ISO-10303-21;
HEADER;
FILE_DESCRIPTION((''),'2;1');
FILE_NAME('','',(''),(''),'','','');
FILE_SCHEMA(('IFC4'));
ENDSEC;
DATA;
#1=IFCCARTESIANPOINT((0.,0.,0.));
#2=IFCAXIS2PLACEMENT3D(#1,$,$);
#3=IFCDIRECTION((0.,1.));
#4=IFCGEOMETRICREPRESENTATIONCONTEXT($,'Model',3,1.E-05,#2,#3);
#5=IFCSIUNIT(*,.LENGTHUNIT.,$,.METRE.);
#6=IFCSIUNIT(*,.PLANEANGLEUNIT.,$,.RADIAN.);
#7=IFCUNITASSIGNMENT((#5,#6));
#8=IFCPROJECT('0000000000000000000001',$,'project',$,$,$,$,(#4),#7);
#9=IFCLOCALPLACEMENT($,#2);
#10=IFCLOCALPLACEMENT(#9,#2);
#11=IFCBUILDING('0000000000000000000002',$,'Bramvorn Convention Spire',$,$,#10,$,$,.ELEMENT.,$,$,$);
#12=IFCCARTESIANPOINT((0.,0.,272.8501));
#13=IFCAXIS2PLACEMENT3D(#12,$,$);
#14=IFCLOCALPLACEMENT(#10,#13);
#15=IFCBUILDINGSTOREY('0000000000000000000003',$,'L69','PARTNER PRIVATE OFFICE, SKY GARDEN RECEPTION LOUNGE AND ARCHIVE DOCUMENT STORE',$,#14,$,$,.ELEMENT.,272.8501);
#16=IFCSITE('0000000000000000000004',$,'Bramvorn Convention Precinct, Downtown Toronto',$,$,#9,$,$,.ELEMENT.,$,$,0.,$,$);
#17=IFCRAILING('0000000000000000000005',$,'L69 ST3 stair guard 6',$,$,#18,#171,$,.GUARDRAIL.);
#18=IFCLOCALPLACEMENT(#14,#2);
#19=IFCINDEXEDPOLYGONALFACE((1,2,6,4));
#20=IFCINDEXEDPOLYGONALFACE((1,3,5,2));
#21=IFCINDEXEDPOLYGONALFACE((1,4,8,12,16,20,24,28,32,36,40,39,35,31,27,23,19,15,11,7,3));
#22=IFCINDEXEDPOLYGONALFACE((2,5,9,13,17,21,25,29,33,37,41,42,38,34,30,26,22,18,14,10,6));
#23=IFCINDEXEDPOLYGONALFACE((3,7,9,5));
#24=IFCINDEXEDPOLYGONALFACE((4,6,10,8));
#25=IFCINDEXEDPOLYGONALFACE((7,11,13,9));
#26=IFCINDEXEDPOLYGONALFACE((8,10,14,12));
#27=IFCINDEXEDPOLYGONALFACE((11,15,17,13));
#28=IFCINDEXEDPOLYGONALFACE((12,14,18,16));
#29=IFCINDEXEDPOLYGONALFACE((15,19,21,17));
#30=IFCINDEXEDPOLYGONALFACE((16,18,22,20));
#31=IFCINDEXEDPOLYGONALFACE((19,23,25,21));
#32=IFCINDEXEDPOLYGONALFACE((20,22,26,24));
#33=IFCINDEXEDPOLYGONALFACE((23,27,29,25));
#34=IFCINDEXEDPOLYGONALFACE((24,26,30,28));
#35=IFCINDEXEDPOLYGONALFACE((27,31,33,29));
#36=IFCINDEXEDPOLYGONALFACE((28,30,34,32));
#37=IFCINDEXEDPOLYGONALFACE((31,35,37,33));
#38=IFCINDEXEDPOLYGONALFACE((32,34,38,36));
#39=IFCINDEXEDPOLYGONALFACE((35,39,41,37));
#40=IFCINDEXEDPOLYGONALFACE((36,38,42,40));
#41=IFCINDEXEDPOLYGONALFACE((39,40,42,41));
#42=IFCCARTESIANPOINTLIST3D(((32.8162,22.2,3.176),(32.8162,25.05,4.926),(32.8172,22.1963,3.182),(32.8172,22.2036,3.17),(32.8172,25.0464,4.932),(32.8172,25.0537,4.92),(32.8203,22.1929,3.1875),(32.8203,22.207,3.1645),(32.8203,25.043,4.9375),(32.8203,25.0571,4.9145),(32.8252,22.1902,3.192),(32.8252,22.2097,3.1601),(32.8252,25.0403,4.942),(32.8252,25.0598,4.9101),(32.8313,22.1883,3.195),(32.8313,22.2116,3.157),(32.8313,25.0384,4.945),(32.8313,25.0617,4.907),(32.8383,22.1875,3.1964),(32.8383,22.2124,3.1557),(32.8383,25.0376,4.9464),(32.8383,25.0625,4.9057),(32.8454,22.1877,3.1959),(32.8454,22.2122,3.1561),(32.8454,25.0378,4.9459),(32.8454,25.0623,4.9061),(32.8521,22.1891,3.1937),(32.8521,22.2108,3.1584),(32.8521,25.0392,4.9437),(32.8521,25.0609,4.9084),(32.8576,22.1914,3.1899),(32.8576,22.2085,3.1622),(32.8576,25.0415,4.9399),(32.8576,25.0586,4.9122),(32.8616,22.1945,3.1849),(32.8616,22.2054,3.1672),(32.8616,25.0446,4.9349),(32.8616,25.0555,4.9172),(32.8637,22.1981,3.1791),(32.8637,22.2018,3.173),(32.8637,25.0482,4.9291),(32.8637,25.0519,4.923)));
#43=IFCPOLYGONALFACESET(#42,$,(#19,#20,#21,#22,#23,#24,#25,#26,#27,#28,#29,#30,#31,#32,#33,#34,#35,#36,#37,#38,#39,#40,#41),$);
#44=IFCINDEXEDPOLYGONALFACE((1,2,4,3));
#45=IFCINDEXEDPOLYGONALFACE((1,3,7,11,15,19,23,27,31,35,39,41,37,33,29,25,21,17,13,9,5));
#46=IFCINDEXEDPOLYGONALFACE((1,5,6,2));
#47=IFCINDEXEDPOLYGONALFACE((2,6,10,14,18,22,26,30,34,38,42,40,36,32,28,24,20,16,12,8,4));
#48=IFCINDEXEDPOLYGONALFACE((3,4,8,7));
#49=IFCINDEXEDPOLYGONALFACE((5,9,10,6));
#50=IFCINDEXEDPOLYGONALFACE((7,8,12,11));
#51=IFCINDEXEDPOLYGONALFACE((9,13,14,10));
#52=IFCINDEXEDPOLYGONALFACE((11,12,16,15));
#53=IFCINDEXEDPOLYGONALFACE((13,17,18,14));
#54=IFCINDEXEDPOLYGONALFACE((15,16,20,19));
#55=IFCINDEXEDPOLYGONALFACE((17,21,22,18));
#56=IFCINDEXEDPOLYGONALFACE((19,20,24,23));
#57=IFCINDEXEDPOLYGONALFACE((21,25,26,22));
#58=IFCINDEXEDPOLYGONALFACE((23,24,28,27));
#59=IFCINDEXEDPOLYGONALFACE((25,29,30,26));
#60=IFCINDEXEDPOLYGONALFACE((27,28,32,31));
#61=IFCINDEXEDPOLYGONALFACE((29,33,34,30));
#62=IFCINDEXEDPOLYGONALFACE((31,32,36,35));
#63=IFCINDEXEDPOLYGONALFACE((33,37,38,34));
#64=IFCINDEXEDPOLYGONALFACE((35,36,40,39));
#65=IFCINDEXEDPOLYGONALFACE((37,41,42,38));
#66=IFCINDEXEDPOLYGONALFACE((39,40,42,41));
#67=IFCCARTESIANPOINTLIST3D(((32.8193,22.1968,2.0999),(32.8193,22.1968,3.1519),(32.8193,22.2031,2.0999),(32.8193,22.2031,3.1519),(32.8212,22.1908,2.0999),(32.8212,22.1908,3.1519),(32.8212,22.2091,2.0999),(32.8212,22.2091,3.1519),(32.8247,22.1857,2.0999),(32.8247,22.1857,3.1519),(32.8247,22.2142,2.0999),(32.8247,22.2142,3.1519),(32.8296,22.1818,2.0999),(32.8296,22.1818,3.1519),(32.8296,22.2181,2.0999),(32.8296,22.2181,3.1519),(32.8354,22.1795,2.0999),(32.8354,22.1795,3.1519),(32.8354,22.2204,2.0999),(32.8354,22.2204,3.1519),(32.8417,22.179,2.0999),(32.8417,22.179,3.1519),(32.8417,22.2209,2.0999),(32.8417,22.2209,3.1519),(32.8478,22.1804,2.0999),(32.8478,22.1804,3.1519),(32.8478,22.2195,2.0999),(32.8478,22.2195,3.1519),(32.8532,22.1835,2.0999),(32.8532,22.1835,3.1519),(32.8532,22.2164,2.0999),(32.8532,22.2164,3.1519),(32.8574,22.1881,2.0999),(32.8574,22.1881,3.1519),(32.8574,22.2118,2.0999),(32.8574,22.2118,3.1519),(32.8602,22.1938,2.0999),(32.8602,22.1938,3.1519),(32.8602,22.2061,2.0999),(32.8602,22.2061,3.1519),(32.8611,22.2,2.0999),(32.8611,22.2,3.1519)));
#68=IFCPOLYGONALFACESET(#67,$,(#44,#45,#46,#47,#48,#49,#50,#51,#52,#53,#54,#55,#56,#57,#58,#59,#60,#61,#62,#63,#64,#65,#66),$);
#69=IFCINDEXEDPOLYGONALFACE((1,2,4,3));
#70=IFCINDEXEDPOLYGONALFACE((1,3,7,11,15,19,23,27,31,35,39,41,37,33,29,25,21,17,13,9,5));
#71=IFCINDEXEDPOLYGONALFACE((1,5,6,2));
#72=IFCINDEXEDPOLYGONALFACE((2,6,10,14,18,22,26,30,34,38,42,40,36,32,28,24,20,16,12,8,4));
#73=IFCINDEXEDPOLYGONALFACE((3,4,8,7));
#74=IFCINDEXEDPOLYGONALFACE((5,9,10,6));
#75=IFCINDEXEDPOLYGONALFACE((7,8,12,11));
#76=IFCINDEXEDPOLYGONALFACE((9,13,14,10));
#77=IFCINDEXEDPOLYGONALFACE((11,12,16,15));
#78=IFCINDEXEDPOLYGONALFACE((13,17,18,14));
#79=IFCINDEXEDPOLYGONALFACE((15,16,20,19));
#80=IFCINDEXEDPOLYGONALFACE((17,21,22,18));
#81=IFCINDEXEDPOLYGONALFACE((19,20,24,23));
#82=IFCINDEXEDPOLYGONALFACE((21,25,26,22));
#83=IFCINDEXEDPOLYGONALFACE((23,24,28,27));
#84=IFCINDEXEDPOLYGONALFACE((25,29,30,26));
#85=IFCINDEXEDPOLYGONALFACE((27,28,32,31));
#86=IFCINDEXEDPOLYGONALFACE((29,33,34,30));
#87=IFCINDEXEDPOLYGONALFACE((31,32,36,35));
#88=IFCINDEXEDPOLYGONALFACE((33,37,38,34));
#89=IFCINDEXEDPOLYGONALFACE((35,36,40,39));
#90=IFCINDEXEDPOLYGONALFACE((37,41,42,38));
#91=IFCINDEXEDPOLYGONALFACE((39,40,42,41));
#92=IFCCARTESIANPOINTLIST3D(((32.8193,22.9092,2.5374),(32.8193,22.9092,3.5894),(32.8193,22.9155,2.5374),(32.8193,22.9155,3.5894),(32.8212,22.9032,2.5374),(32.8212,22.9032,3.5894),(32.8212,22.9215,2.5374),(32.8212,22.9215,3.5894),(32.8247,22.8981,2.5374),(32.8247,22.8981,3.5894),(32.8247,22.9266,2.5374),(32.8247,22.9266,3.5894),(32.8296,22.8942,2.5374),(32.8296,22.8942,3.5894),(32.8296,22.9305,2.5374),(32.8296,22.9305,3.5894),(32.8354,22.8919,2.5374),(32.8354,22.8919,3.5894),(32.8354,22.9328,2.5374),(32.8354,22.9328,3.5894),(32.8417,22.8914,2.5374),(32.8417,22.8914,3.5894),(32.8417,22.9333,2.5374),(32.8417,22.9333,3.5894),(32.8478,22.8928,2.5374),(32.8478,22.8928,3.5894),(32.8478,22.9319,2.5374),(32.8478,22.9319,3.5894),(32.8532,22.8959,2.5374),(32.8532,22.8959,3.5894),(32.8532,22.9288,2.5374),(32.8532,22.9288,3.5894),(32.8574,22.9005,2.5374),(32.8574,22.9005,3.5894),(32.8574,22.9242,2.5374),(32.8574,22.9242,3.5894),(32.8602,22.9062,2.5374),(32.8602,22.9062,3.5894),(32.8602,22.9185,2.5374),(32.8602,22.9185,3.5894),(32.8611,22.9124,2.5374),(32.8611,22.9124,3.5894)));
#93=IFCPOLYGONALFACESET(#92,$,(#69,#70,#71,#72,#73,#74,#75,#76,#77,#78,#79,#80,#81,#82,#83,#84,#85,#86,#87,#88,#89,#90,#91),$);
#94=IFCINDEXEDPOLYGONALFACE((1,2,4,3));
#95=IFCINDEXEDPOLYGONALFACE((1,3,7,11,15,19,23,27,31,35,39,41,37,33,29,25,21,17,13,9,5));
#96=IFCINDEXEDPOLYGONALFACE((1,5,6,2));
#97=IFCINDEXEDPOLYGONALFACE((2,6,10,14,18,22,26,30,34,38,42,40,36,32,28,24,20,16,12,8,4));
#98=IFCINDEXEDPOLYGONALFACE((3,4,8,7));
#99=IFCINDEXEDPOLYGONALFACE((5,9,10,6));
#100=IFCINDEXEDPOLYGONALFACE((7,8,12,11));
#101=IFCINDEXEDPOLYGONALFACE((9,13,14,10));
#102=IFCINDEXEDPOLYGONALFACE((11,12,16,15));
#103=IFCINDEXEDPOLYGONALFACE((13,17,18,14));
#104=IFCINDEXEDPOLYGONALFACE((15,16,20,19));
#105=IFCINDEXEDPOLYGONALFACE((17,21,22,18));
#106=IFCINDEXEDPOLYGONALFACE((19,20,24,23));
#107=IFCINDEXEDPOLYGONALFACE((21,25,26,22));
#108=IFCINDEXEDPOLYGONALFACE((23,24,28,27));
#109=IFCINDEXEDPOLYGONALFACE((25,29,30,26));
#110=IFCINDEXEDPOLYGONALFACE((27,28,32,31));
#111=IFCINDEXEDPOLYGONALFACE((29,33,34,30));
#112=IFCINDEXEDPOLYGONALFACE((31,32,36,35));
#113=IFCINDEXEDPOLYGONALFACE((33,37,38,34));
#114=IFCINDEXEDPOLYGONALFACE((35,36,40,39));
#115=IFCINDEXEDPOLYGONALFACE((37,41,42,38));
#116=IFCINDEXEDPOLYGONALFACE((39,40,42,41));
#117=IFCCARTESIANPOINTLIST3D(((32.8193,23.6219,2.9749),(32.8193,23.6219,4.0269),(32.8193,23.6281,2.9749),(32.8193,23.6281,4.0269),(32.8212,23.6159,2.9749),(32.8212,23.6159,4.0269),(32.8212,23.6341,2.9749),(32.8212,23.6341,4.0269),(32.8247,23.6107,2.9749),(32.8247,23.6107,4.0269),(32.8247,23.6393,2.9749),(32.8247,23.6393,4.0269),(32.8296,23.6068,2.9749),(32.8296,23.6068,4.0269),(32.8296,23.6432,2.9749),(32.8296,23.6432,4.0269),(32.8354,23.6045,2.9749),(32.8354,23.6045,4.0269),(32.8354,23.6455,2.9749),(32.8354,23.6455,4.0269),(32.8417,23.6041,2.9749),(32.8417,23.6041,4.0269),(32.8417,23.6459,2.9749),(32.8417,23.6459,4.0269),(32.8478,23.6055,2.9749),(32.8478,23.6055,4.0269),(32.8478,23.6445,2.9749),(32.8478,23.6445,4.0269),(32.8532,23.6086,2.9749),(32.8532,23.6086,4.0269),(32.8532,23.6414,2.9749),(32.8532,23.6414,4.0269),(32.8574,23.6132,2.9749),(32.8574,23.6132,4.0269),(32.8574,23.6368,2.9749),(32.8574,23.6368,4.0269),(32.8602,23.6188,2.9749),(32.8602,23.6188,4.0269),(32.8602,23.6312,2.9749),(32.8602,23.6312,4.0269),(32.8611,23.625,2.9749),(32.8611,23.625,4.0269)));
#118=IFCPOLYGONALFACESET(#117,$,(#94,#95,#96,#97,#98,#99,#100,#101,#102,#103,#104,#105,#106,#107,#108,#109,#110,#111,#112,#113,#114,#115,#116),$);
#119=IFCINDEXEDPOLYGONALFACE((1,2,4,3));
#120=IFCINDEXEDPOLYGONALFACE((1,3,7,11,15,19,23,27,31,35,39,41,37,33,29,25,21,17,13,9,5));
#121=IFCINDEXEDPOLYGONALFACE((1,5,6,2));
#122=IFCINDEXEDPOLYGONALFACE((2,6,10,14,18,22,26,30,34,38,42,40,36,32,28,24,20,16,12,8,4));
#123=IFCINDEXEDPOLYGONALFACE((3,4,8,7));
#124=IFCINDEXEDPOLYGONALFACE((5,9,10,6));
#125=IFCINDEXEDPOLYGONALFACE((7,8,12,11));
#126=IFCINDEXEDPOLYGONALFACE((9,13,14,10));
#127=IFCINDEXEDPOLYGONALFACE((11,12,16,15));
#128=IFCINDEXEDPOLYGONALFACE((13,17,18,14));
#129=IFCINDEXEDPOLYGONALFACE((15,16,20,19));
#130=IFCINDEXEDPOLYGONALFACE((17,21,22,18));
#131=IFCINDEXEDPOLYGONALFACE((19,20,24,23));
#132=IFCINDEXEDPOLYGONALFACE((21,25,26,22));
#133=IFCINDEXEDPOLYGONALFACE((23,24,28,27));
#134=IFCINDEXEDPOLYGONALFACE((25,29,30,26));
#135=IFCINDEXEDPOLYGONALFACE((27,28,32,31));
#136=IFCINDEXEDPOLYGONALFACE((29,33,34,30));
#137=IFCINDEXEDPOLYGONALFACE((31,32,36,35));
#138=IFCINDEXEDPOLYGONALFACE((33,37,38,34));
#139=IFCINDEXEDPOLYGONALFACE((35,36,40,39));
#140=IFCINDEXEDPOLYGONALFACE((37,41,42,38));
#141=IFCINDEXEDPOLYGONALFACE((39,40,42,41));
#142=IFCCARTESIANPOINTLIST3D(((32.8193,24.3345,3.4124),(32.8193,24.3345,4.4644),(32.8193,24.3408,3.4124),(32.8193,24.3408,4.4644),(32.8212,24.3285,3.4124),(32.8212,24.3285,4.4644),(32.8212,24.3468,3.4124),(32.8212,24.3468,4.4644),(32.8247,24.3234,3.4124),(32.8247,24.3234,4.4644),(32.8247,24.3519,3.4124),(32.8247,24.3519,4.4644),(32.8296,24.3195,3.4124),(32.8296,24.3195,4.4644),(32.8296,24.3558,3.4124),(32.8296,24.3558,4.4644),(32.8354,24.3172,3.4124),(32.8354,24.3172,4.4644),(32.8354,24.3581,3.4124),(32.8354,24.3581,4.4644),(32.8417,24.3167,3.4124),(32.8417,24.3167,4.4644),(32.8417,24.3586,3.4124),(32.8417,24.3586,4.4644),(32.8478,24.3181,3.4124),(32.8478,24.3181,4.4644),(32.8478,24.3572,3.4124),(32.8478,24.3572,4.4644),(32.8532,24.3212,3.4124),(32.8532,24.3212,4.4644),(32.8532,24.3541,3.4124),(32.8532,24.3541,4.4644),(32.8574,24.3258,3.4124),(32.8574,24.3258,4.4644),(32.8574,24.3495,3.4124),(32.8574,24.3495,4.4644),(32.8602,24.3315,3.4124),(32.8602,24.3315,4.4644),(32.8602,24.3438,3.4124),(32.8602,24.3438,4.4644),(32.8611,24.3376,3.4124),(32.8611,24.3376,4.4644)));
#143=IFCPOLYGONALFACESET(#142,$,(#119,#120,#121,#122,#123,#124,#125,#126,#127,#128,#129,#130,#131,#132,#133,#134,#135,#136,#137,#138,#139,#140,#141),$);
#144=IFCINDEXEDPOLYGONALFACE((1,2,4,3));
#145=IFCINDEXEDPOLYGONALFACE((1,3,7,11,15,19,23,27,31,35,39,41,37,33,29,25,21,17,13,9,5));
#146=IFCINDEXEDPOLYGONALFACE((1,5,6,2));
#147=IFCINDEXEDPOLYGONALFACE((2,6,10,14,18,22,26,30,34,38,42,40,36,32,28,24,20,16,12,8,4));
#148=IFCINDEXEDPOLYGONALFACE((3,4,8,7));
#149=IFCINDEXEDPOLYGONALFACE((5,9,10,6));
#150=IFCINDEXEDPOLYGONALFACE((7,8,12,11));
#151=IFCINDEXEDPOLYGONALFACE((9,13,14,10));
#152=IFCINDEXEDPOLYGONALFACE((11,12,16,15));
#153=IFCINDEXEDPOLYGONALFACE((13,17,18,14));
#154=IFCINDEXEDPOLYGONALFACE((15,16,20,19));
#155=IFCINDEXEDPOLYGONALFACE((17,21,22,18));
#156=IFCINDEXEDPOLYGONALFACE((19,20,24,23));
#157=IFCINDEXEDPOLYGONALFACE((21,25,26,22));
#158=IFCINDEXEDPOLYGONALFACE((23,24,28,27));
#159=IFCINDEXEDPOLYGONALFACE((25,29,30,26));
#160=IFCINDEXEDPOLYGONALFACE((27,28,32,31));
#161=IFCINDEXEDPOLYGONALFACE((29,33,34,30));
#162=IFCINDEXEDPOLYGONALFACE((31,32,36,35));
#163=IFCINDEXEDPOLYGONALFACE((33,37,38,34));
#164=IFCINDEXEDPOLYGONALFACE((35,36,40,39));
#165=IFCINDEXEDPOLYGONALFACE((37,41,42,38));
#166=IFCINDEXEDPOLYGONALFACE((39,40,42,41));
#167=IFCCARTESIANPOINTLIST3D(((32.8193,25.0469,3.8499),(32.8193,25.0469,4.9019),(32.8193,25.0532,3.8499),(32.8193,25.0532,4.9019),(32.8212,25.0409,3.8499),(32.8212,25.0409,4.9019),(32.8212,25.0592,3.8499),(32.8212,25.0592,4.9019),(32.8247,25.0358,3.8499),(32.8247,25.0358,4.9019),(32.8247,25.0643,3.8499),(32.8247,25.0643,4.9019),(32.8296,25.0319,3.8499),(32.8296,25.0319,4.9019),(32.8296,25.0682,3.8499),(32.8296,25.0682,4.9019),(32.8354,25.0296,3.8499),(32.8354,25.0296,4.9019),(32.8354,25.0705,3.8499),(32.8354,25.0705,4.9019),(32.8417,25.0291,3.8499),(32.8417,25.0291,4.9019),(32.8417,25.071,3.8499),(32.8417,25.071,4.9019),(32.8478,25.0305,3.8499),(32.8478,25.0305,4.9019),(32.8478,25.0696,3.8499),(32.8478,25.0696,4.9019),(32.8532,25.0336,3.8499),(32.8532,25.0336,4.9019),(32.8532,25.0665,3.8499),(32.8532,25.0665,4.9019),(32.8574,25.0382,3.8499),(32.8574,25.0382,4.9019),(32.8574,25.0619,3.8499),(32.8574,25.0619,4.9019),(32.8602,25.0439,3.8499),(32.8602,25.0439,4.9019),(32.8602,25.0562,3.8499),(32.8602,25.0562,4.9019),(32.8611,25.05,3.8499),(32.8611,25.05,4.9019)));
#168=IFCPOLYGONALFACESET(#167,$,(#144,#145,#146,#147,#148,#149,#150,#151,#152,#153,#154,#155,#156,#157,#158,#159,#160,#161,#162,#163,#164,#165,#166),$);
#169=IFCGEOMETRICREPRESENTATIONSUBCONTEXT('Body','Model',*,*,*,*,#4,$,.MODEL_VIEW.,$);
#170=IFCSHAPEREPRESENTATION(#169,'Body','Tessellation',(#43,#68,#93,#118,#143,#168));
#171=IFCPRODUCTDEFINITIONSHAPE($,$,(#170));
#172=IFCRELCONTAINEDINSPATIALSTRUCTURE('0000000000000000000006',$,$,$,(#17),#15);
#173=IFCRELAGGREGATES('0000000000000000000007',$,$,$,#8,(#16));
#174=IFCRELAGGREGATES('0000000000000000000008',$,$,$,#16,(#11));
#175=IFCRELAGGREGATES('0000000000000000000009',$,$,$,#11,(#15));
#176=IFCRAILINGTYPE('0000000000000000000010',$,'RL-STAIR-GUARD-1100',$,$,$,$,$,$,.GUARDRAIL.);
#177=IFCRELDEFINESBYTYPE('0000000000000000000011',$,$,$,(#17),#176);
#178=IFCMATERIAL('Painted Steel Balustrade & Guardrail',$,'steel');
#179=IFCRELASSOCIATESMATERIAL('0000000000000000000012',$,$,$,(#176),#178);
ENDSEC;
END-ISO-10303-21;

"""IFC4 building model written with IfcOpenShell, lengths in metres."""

from ifc_helpers import new_model, si_unit, direction, frame, origin, origin_2d, place, context, subcontext, project, spatial, circle, extrude, material, type_object, element, save


model = new_model("IFC4")

# Units and contexts
model_context = context("Model", 3, precision=1e-05, world=origin(), true_north=direction((0.0, 1.0)))
body_context = subcontext(model_context, "Body", "Model", "MODEL_VIEW")
ifc_project = project(units=[si_unit("LENGTHUNIT", "METRE"), si_unit("PLANEANGLEUNIT", "RADIAN")], contexts=[model_context])

# Site, building, storey
site_placement = place(None, origin())
site = spatial("IfcSite", under=ifc_project, at=site_placement, Name="Bramvorn Convention Precinct, Downtown Toronto", CompositionType="ELEMENT", RefElevation=0.0)
building_placement = place(site_placement, origin())
building = spatial("IfcBuilding", under=site, at=building_placement, Name="Bramvorn Convention Spire", CompositionType="ELEMENT")
storey_placement = place(building_placement, frame((0.0, 0.0, 272.8501)))
storey = spatial("IfcBuildingStorey", under=building, at=storey_placement, Name="L69", Description="PARTNER PRIVATE OFFICE, SKY GARDEN RECEPTION LOUNGE AND ARCHIVE DOCUMENT STORE", CompositionType="ELEMENT", Elevation=272.8501)

# Railing
ifc_material_1 = material(Name="Painted Steel Balustrade & Guardrail", Category="steel")
railing_type_1 = type_object("IfcRailingType", Name="RL-STAIR-GUARD-1100", PredefinedType="GUARDRAIL", material=ifc_material_1)
railing_1_placement = place(storey_placement, frame((32.8401, 22.2, 2.0999)))
element("IfcRailing", 1, at=railing_1_placement, inside=storey, type_object=railing_type_1, Name="L69 ST3 stair guard 6", PredefinedType="GUARDRAIL", context=body_context, shape_type="SweptSolid", body=[
    extrude(circle(Radius=0.0239, at=origin_2d()), frame((0.0, 0.0, 1.0762), z_axis=(0.0, 0.852179, 0.52325), x_axis=(-1.0, 0.0, 0.0)), (0.0, 0.0, 1.0), 3.3445),
    extrude(circle(Radius=0.021, at=origin_2d()), origin(), (0.0, 0.0, 1.0), 1.052),
    extrude(circle(Radius=0.021, at=origin_2d()), frame((0.0, 0.7124, 0.4375)), (0.0, 0.0, 1.0), 1.052),
    extrude(circle(Radius=0.021, at=origin_2d()), frame((0.0, 1.425, 0.875)), (0.0, 0.0, 1.0), 1.052),
    extrude(circle(Radius=0.021, at=origin_2d()), frame((0.0, 2.1377, 1.3125)), (0.0, 0.0, 1.0), 1.052),
    extrude(circle(Radius=0.021, at=origin_2d()), frame((0.0, 2.8501, 1.75)), (0.0, 0.0, 1.0), 1.052),
])

save(model, "model.ifc")
